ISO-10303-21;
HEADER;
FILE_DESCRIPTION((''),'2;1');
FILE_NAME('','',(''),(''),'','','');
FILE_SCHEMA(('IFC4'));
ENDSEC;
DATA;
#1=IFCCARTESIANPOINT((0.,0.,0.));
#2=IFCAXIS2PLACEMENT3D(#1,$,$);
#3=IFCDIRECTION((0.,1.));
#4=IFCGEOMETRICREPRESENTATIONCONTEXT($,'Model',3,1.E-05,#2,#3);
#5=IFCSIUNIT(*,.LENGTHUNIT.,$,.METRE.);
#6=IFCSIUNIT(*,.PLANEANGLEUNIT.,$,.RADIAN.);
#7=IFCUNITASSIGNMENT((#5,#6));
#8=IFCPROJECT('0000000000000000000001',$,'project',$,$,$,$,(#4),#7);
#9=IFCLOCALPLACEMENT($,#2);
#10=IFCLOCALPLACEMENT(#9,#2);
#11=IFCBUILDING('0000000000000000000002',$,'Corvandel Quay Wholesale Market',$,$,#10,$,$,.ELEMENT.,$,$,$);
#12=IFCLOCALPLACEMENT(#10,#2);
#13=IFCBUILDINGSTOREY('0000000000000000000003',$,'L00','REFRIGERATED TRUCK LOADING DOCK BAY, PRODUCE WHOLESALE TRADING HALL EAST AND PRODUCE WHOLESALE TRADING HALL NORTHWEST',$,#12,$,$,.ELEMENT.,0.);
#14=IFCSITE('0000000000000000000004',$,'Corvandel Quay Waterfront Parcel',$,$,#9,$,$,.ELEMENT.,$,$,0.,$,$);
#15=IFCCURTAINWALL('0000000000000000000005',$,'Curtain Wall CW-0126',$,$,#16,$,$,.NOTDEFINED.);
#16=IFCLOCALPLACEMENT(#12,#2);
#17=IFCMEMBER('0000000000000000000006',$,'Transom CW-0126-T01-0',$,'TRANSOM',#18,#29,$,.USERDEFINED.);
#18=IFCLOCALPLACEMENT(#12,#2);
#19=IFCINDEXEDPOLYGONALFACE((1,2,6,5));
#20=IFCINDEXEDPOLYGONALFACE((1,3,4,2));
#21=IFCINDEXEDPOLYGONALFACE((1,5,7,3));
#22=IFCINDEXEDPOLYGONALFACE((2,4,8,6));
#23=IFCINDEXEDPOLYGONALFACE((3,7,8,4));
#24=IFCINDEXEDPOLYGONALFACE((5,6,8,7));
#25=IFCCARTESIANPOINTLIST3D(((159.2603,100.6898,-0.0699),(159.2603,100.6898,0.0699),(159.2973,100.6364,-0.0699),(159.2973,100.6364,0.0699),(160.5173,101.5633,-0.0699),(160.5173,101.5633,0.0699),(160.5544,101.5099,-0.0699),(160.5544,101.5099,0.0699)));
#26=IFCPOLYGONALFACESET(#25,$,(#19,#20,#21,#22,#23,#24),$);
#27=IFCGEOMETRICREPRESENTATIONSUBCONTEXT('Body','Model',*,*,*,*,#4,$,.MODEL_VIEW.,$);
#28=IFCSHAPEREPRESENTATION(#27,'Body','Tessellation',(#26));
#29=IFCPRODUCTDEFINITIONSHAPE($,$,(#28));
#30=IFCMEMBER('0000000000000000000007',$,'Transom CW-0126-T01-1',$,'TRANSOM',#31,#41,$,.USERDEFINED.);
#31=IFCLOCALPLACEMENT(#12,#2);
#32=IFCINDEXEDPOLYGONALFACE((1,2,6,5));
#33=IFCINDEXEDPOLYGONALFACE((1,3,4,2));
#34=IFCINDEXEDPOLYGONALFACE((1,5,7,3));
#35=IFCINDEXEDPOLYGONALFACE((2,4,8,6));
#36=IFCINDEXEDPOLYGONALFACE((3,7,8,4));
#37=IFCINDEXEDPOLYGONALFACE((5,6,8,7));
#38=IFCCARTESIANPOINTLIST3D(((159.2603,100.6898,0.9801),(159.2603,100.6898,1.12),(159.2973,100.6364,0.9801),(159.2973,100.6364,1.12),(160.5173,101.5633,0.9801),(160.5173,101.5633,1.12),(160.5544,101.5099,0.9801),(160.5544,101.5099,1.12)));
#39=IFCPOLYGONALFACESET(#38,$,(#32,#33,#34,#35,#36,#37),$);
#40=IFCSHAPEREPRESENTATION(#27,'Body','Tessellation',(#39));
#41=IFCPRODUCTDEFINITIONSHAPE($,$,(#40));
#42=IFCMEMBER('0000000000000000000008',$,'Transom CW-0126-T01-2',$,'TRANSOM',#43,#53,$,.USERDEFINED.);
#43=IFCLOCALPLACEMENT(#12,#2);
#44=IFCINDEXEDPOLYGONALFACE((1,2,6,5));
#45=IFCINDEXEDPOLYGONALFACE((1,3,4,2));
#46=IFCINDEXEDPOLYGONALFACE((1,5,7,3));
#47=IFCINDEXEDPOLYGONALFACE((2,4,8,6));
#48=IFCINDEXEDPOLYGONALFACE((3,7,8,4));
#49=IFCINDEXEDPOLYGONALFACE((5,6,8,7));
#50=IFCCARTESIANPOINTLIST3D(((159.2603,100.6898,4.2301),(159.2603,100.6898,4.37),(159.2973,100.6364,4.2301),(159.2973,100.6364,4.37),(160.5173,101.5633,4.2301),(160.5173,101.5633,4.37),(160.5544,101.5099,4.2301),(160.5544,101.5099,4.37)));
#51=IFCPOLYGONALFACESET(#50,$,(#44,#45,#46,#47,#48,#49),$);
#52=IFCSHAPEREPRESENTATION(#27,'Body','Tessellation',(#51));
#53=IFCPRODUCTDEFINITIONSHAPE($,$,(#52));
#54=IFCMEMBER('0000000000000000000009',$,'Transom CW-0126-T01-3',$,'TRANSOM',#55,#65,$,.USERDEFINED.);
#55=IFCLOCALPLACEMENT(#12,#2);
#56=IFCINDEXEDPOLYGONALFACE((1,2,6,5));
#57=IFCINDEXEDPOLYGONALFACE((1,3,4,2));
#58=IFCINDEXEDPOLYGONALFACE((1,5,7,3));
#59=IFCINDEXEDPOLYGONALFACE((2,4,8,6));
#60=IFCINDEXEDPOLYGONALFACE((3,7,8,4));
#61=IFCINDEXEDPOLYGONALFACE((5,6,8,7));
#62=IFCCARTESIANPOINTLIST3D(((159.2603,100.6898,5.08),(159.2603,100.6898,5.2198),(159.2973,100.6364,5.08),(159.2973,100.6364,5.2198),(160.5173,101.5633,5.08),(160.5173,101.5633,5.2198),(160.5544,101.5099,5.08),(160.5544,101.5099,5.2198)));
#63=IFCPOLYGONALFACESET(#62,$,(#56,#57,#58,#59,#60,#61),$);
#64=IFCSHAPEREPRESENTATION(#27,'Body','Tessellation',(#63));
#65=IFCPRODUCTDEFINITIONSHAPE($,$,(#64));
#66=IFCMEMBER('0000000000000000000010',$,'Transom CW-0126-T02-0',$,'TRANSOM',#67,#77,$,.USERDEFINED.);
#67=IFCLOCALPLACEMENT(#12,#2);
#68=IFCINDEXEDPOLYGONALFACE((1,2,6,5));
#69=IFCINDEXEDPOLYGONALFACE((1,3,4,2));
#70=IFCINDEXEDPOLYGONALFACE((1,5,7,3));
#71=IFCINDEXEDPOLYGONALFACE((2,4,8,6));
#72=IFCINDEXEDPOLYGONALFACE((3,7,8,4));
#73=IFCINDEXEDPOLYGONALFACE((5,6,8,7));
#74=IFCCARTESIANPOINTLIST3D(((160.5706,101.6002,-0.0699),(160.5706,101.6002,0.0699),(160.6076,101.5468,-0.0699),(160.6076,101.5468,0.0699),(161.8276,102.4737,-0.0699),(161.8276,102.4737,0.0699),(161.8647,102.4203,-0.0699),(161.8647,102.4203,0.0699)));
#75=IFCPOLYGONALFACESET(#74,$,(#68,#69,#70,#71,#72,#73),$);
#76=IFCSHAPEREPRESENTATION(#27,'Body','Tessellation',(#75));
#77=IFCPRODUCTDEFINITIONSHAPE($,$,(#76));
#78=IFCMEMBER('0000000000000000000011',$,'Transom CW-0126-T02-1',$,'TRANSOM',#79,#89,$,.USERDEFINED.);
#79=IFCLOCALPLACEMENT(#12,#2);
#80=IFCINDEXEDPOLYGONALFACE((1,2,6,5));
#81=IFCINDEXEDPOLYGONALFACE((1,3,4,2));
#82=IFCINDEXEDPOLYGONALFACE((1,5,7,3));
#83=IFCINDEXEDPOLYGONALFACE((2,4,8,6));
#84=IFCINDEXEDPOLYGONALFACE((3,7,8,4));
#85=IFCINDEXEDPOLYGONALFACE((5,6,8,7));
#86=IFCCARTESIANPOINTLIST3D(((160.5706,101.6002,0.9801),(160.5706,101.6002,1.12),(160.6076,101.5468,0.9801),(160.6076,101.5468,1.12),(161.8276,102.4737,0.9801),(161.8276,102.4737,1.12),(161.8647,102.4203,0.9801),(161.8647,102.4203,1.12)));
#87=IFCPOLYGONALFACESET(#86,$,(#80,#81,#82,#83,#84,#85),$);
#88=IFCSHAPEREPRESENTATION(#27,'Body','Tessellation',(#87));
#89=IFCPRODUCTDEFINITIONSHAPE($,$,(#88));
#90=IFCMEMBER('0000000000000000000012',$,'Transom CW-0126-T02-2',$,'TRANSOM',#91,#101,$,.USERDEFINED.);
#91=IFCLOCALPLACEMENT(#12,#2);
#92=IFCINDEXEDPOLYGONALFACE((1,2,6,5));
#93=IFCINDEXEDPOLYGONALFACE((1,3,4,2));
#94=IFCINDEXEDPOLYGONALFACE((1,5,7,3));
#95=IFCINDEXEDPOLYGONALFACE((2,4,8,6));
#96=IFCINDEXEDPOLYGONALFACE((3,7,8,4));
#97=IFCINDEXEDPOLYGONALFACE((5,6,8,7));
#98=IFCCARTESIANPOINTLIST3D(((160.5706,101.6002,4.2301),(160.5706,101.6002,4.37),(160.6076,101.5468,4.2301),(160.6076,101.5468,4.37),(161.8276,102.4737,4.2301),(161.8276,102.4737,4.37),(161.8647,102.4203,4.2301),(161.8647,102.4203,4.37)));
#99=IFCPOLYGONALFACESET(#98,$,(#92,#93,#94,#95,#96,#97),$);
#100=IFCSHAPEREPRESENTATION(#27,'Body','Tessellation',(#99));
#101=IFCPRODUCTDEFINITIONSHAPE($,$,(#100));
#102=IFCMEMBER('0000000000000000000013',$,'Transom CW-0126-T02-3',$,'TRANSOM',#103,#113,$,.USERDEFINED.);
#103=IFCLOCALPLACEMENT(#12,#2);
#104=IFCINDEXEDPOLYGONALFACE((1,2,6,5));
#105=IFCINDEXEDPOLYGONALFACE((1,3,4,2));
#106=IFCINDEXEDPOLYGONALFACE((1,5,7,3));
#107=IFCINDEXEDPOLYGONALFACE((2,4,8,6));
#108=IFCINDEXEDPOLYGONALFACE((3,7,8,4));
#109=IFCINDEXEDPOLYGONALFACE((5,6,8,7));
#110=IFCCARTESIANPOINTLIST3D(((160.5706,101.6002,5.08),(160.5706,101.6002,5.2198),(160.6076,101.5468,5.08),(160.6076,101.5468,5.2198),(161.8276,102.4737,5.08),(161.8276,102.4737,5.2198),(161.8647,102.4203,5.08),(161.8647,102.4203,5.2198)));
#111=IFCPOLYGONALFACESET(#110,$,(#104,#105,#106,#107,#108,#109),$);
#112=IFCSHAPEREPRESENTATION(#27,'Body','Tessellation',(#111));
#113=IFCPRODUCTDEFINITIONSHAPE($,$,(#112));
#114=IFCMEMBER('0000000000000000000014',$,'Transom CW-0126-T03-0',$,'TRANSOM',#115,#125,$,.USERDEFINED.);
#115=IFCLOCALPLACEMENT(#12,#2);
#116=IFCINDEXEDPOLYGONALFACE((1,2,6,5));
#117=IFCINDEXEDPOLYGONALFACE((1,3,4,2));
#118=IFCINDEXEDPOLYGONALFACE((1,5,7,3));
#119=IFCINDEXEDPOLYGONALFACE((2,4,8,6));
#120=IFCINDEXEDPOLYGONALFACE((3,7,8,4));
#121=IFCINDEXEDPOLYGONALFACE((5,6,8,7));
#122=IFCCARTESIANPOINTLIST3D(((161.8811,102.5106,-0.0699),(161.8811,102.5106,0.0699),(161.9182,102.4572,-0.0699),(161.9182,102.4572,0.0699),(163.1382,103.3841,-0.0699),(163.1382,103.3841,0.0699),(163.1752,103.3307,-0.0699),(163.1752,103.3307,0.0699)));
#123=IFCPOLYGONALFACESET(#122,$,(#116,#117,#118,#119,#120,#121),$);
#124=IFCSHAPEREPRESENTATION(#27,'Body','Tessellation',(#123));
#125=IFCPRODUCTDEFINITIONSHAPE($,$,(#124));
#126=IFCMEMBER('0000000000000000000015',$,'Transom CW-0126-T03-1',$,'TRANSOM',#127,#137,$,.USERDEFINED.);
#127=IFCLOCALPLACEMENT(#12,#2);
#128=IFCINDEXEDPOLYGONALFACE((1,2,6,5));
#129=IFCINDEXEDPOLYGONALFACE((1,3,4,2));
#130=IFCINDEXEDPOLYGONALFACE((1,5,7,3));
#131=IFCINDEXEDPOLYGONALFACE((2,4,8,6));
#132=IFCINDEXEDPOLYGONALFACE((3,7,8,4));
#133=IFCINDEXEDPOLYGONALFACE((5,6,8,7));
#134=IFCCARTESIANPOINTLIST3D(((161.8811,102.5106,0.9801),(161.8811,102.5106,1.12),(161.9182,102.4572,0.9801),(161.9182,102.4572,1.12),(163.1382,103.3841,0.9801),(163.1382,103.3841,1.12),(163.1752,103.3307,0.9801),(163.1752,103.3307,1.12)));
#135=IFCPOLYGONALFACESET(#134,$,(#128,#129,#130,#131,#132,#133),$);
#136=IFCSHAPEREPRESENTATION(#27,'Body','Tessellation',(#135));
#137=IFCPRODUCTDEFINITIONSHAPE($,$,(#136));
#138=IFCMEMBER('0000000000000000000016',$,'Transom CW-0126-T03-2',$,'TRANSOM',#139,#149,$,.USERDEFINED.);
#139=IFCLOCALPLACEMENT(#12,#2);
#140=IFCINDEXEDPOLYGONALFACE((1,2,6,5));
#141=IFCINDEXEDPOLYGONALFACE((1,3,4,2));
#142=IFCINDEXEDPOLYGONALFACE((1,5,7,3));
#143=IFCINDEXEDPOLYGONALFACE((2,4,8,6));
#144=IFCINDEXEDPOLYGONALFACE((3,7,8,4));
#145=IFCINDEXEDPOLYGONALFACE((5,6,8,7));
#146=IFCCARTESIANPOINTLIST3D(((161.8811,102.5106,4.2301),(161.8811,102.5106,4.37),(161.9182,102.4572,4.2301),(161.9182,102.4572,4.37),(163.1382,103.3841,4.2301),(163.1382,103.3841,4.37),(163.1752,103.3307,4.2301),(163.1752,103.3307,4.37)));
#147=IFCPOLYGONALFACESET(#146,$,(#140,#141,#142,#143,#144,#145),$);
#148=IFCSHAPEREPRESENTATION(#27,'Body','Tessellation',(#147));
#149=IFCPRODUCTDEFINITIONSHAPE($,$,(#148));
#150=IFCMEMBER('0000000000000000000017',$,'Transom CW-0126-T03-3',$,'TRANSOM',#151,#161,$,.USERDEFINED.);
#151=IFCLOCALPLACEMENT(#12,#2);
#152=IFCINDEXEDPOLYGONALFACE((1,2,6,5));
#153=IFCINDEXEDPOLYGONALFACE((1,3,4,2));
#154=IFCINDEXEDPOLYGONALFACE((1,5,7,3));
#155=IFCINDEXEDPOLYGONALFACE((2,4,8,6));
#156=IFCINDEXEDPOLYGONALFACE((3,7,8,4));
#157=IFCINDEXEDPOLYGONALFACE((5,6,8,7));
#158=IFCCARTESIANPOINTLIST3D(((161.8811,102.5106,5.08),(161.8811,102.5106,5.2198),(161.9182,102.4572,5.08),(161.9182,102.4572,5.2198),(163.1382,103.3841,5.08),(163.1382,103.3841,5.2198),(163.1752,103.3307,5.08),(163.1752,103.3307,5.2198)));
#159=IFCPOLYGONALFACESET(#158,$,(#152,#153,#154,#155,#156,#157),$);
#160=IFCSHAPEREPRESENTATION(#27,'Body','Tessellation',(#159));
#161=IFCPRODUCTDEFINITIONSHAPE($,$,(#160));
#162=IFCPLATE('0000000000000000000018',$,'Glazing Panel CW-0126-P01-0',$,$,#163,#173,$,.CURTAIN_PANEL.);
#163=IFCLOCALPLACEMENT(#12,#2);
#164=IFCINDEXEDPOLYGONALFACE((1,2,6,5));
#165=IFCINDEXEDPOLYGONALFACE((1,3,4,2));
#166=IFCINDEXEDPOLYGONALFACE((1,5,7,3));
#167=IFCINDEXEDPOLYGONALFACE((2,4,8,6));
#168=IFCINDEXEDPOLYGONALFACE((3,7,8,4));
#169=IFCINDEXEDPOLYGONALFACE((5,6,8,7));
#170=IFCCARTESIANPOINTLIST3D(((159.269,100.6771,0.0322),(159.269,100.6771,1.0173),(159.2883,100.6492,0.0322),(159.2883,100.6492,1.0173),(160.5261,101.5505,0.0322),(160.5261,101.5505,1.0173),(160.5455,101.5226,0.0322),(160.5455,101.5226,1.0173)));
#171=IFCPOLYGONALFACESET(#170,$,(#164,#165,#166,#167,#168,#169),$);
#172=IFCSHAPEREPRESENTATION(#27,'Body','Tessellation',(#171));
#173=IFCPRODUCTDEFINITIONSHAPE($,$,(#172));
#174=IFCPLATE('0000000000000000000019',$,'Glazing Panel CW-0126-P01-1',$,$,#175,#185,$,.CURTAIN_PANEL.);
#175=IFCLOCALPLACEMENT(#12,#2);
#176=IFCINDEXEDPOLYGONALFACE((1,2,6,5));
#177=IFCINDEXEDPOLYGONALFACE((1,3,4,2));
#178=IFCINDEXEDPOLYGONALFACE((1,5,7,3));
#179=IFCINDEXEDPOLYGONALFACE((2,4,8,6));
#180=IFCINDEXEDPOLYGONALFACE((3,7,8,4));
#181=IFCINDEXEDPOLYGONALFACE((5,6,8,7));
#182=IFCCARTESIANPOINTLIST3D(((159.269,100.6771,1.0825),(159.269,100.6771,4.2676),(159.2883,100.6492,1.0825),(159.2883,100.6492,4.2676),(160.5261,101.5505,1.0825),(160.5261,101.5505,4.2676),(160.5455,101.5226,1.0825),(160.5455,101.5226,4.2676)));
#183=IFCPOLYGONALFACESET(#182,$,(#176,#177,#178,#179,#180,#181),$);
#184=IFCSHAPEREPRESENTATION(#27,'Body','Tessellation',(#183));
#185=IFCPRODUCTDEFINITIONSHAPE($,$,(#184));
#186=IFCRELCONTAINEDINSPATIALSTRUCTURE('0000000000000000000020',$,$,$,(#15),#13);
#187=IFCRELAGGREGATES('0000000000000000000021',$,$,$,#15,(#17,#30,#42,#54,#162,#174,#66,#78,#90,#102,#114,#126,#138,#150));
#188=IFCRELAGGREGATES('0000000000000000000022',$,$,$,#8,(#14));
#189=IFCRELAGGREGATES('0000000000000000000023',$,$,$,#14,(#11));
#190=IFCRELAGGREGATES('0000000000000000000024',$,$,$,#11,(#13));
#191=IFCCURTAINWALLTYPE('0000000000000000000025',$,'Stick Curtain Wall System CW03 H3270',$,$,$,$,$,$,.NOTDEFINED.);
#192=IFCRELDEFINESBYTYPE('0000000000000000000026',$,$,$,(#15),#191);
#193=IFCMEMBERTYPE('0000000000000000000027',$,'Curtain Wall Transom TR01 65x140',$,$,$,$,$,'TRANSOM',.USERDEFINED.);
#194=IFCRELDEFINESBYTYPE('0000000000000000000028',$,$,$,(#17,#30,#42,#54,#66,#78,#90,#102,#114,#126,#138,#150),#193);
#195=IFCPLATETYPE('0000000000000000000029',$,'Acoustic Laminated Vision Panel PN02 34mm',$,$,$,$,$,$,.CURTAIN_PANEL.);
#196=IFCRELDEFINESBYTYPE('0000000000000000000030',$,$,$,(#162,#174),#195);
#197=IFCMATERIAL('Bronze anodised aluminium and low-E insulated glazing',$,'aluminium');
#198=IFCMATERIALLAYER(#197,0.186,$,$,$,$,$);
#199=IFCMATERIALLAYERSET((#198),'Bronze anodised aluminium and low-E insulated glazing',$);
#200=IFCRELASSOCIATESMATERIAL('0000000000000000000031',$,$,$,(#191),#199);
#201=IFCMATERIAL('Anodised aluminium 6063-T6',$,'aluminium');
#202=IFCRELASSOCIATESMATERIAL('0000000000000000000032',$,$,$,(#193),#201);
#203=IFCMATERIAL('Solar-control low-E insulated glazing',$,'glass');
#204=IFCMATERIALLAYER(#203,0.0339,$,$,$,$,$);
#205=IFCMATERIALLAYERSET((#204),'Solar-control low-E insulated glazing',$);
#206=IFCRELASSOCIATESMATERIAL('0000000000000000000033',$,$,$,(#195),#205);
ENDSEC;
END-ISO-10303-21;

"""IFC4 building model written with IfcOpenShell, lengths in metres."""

from ifc_helpers import new_model, si_unit, direction, frame, origin, origin_2d, place, context, subcontext, project, spatial, rectangle, extrude, material, layer, layer_set, material_profile, profile_set, type_object, element, aggregate, save


model = new_model("IFC4")

# Units and contexts
model_context = context("Model", 3, precision=1e-05, world=origin(), true_north=direction((0.0, 1.0)))
body_context = subcontext(model_context, "Body", "Model", "MODEL_VIEW")
ifc_project = project(units=[si_unit("LENGTHUNIT", "METRE"), si_unit("PLANEANGLEUNIT", "RADIAN")], contexts=[model_context])

# Site, building, storey
site_placement = place(None, origin())
site = spatial("IfcSite", under=ifc_project, at=site_placement, Name="Corvandel Quay Waterfront Parcel", CompositionType="ELEMENT", RefElevation=0.0)
building_placement = place(site_placement, origin())
building = spatial("IfcBuilding", under=site, at=building_placement, Name="Corvandel Quay Wholesale Market", CompositionType="ELEMENT")
storey_placement = place(building_placement, origin())
storey = spatial("IfcBuildingStorey", under=building, at=storey_placement, Name="L00", Description="REFRIGERATED TRUCK LOADING DOCK BAY, PRODUCE WHOLESALE TRADING HALL EAST AND PRODUCE WHOLESALE TRADING HALL NORTHWEST", CompositionType="ELEMENT", Elevation=0.0)

# Curtain wall, members, plates
ifc_material_1 = material(Name="Bronze anodised aluminium and low-E insulated glazing", Category="aluminium")
ifc_layer_1 = layer(ifc_material_1, 0.186)
ifc_layer_set_1 = layer_set([ifc_layer_1], Name="Bronze anodised aluminium and low-E insulated glazing")
curtain_wall_type = type_object("IfcCurtainWallType", Name="Stick Curtain Wall System CW03 H3270", PredefinedType="NOTDEFINED", material=ifc_layer_set_1)
curtain_wall_placement = place(storey_placement, origin())
curtain_wall = element("IfcCurtainWall", 1, at=curtain_wall_placement, inside=storey, type_object=curtain_wall_type, Name="Curtain Wall CW-0126", PredefinedType="NOTDEFINED")
ifc_material_2 = material(Name="Anodised aluminium 6063-T6", Category="aluminium")
ifc_material_profile_1 = material_profile(ifc_material_2, rectangle(XDim=0.0649, YDim=0.1399, at=origin_2d()), Name="ALU-TRN-65x140")
ifc_profile_set_1 = profile_set([ifc_material_profile_1], Name="Anodised aluminium 6063-T6")
member_type_1 = type_object("IfcMemberType", Name="Curtain Wall Transom TR01 65x140", ElementType="TRANSOM", PredefinedType="USERDEFINED", material=ifc_profile_set_1)
member_1_placement = place(storey_placement, frame((159.2788, 100.6631, 0.0), z_axis=(0.821198, 0.570644, 0.0), x_axis=(-0.570644, 0.821198, 0.0)))
member_1 = element("IfcMember", 2, at=member_1_placement, type_object=member_type_1, Name="Transom CW-0126-T01-0", ObjectType="TRANSOM", PredefinedType="USERDEFINED", context=body_context, shape_type="SweptSolid", body=[
    extrude(rectangle(XDim=0.0649, YDim=0.1399, at=origin_2d()), origin(), (0.0, 0.0, 1.0), 1.5308),
])
member_2_placement = place(storey_placement, frame((159.2788, 100.6631, 1.05), z_axis=(0.821198, 0.570644, 0.0), x_axis=(-0.570644, 0.821198, 0.0)))
member_2 = element("IfcMember", 3, at=member_2_placement, type_object=member_type_1, Name="Transom CW-0126-T01-1", ObjectType="TRANSOM", PredefinedType="USERDEFINED", context=body_context, shape_type="SweptSolid", body=[
    extrude(rectangle(XDim=0.0649, YDim=0.1399, at=origin_2d()), origin(), (0.0, 0.0, 1.0), 1.5308),
])
member_3_placement = place(storey_placement, frame((159.2788, 100.6631, 4.3), z_axis=(0.821198, 0.570644, 0.0), x_axis=(-0.570644, 0.821198, 0.0)))
member_3 = element("IfcMember", 4, at=member_3_placement, type_object=member_type_1, Name="Transom CW-0126-T01-2", ObjectType="TRANSOM", PredefinedType="USERDEFINED", context=body_context, shape_type="SweptSolid", body=[
    extrude(rectangle(XDim=0.0649, YDim=0.1399, at=origin_2d()), origin(), (0.0, 0.0, 1.0), 1.5308),
])
member_4_placement = place(storey_placement, frame((159.2788, 100.6631, 5.1499), z_axis=(0.821198, 0.570644, 0.0), x_axis=(-0.570644, 0.821198, 0.0)))
member_4 = element("IfcMember", 5, at=member_4_placement, type_object=member_type_1, Name="Transom CW-0126-T01-3", ObjectType="TRANSOM", PredefinedType="USERDEFINED", context=body_context, shape_type="SweptSolid", body=[
    extrude(rectangle(XDim=0.0649, YDim=0.1399, at=origin_2d()), origin(), (0.0, 0.0, 1.0), 1.5308),
])
member_5_placement = place(storey_placement, frame((160.5891, 101.5735, 0.0), z_axis=(0.821198, 0.570644, 0.0), x_axis=(-0.570644, 0.821198, 0.0)))
member_5 = element("IfcMember", 6, at=member_5_placement, type_object=member_type_1, Name="Transom CW-0126-T02-0", ObjectType="TRANSOM", PredefinedType="USERDEFINED", context=body_context, shape_type="SweptSolid", body=[
    extrude(rectangle(XDim=0.0649, YDim=0.1399, at=origin_2d()), origin(), (0.0, 0.0, 1.0), 1.5308),
])
member_6_placement = place(storey_placement, frame((160.5891, 101.5735, 1.05), z_axis=(0.821198, 0.570644, 0.0), x_axis=(-0.570644, 0.821198, 0.0)))
member_6 = element("IfcMember", 7, at=member_6_placement, type_object=member_type_1, Name="Transom CW-0126-T02-1", ObjectType="TRANSOM", PredefinedType="USERDEFINED", context=body_context, shape_type="SweptSolid", body=[
    extrude(rectangle(XDim=0.0649, YDim=0.1399, at=origin_2d()), origin(), (0.0, 0.0, 1.0), 1.5308),
])
member_7_placement = place(storey_placement, frame((160.5891, 101.5735, 4.3), z_axis=(0.821198, 0.570644, 0.0), x_axis=(-0.570644, 0.821198, 0.0)))
member_7 = element("IfcMember", 8, at=member_7_placement, type_object=member_type_1, Name="Transom CW-0126-T02-2", ObjectType="TRANSOM", PredefinedType="USERDEFINED", context=body_context, shape_type="SweptSolid", body=[
    extrude(rectangle(XDim=0.0649, YDim=0.1399, at=origin_2d()), origin(), (0.0, 0.0, 1.0), 1.5308),
])
member_8_placement = place(storey_placement, frame((160.5891, 101.5735, 5.1499), z_axis=(0.821198, 0.570644, 0.0), x_axis=(-0.570644, 0.821198, 0.0)))
member_8 = element("IfcMember", 9, at=member_8_placement, type_object=member_type_1, Name="Transom CW-0126-T02-3", ObjectType="TRANSOM", PredefinedType="USERDEFINED", context=body_context, shape_type="SweptSolid", body=[
    extrude(rectangle(XDim=0.0649, YDim=0.1399, at=origin_2d()), origin(), (0.0, 0.0, 1.0), 1.5308),
])
member_9_placement = place(storey_placement, frame((161.8997, 102.4839, 0.0), z_axis=(0.821198, 0.570644, 0.0), x_axis=(-0.570644, 0.821198, 0.0)))
member_9 = element("IfcMember", 10, at=member_9_placement, type_object=member_type_1, Name="Transom CW-0126-T03-0", ObjectType="TRANSOM", PredefinedType="USERDEFINED", context=body_context, shape_type="SweptSolid", body=[
    extrude(rectangle(XDim=0.0649, YDim=0.1399, at=origin_2d()), origin(), (0.0, 0.0, 1.0), 1.5308),
])
member_10_placement = place(storey_placement, frame((161.8997, 102.4839, 1.05), z_axis=(0.821198, 0.570644, 0.0), x_axis=(-0.570644, 0.821198, 0.0)))
member_10 = element("IfcMember", 11, at=member_10_placement, type_object=member_type_1, Name="Transom CW-0126-T03-1", ObjectType="TRANSOM", PredefinedType="USERDEFINED", context=body_context, shape_type="SweptSolid", body=[
    extrude(rectangle(XDim=0.0649, YDim=0.1399, at=origin_2d()), origin(), (0.0, 0.0, 1.0), 1.5308),
])
member_11_placement = place(storey_placement, frame((161.8997, 102.4839, 4.3), z_axis=(0.821198, 0.570644, 0.0), x_axis=(-0.570644, 0.821198, 0.0)))
member_11 = element("IfcMember", 12, at=member_11_placement, type_object=member_type_1, Name="Transom CW-0126-T03-2", ObjectType="TRANSOM", PredefinedType="USERDEFINED", context=body_context, shape_type="SweptSolid", body=[
    extrude(rectangle(XDim=0.0649, YDim=0.1399, at=origin_2d()), origin(), (0.0, 0.0, 1.0), 1.5308),
])
member_12_placement = place(storey_placement, frame((161.8997, 102.4839, 5.1499), z_axis=(0.821198, 0.570644, 0.0), x_axis=(-0.570644, 0.821198, 0.0)))
member_12 = element("IfcMember", 13, at=member_12_placement, type_object=member_type_1, Name="Transom CW-0126-T03-3", ObjectType="TRANSOM", PredefinedType="USERDEFINED", context=body_context, shape_type="SweptSolid", body=[
    extrude(rectangle(XDim=0.0649, YDim=0.1399, at=origin_2d()), origin(), (0.0, 0.0, 1.0), 1.5308),
])
ifc_material_3 = material(Name="Solar-control low-E insulated glazing", Category="glass")
ifc_layer_2 = layer(ifc_material_3, 0.0339)
ifc_layer_set_2 = layer_set([ifc_layer_2], Name="Solar-control low-E insulated glazing")
plate_type_1 = type_object("IfcPlateType", Name="Acoustic Laminated Vision Panel PN02 34mm", PredefinedType="CURTAIN_PANEL", material=ifc_layer_set_2)
plate_1_placement = place(storey_placement, frame((159.9072, 101.0999, 0.0322), z_axis=(0.0, 0.0, 1.0), x_axis=(0.821249, 0.57057, 0.0)))
plate_1 = element("IfcPlate", 14, at=plate_1_placement, type_object=plate_type_1, Name="Glazing Panel CW-0126-P01-0", PredefinedType="CURTAIN_PANEL", context=body_context, shape_type="SweptSolid", body=[
    extrude(rectangle(XDim=1.5308, YDim=0.0339, at=origin_2d()), origin(), (0.0, 0.0, 1.0), 0.9851),
])
plate_2_placement = place(storey_placement, frame((159.9072, 101.0999, 1.0825), z_axis=(0.0, 0.0, 1.0), x_axis=(0.821249, 0.57057, 0.0)))
plate_2 = element("IfcPlate", 15, at=plate_2_placement, type_object=plate_type_1, Name="Glazing Panel CW-0126-P01-1", PredefinedType="CURTAIN_PANEL", context=body_context, shape_type="SweptSolid", body=[
    extrude(rectangle(XDim=1.5308, YDim=0.0339, at=origin_2d()), origin(), (0.0, 0.0, 1.0), 3.1851),
])
aggregate(curtain_wall, [member_1, member_2, member_3, member_4, plate_1, plate_2, member_5, member_6, member_7, member_8, member_9, member_10, member_11, member_12])

save(model, "model.ifc")
